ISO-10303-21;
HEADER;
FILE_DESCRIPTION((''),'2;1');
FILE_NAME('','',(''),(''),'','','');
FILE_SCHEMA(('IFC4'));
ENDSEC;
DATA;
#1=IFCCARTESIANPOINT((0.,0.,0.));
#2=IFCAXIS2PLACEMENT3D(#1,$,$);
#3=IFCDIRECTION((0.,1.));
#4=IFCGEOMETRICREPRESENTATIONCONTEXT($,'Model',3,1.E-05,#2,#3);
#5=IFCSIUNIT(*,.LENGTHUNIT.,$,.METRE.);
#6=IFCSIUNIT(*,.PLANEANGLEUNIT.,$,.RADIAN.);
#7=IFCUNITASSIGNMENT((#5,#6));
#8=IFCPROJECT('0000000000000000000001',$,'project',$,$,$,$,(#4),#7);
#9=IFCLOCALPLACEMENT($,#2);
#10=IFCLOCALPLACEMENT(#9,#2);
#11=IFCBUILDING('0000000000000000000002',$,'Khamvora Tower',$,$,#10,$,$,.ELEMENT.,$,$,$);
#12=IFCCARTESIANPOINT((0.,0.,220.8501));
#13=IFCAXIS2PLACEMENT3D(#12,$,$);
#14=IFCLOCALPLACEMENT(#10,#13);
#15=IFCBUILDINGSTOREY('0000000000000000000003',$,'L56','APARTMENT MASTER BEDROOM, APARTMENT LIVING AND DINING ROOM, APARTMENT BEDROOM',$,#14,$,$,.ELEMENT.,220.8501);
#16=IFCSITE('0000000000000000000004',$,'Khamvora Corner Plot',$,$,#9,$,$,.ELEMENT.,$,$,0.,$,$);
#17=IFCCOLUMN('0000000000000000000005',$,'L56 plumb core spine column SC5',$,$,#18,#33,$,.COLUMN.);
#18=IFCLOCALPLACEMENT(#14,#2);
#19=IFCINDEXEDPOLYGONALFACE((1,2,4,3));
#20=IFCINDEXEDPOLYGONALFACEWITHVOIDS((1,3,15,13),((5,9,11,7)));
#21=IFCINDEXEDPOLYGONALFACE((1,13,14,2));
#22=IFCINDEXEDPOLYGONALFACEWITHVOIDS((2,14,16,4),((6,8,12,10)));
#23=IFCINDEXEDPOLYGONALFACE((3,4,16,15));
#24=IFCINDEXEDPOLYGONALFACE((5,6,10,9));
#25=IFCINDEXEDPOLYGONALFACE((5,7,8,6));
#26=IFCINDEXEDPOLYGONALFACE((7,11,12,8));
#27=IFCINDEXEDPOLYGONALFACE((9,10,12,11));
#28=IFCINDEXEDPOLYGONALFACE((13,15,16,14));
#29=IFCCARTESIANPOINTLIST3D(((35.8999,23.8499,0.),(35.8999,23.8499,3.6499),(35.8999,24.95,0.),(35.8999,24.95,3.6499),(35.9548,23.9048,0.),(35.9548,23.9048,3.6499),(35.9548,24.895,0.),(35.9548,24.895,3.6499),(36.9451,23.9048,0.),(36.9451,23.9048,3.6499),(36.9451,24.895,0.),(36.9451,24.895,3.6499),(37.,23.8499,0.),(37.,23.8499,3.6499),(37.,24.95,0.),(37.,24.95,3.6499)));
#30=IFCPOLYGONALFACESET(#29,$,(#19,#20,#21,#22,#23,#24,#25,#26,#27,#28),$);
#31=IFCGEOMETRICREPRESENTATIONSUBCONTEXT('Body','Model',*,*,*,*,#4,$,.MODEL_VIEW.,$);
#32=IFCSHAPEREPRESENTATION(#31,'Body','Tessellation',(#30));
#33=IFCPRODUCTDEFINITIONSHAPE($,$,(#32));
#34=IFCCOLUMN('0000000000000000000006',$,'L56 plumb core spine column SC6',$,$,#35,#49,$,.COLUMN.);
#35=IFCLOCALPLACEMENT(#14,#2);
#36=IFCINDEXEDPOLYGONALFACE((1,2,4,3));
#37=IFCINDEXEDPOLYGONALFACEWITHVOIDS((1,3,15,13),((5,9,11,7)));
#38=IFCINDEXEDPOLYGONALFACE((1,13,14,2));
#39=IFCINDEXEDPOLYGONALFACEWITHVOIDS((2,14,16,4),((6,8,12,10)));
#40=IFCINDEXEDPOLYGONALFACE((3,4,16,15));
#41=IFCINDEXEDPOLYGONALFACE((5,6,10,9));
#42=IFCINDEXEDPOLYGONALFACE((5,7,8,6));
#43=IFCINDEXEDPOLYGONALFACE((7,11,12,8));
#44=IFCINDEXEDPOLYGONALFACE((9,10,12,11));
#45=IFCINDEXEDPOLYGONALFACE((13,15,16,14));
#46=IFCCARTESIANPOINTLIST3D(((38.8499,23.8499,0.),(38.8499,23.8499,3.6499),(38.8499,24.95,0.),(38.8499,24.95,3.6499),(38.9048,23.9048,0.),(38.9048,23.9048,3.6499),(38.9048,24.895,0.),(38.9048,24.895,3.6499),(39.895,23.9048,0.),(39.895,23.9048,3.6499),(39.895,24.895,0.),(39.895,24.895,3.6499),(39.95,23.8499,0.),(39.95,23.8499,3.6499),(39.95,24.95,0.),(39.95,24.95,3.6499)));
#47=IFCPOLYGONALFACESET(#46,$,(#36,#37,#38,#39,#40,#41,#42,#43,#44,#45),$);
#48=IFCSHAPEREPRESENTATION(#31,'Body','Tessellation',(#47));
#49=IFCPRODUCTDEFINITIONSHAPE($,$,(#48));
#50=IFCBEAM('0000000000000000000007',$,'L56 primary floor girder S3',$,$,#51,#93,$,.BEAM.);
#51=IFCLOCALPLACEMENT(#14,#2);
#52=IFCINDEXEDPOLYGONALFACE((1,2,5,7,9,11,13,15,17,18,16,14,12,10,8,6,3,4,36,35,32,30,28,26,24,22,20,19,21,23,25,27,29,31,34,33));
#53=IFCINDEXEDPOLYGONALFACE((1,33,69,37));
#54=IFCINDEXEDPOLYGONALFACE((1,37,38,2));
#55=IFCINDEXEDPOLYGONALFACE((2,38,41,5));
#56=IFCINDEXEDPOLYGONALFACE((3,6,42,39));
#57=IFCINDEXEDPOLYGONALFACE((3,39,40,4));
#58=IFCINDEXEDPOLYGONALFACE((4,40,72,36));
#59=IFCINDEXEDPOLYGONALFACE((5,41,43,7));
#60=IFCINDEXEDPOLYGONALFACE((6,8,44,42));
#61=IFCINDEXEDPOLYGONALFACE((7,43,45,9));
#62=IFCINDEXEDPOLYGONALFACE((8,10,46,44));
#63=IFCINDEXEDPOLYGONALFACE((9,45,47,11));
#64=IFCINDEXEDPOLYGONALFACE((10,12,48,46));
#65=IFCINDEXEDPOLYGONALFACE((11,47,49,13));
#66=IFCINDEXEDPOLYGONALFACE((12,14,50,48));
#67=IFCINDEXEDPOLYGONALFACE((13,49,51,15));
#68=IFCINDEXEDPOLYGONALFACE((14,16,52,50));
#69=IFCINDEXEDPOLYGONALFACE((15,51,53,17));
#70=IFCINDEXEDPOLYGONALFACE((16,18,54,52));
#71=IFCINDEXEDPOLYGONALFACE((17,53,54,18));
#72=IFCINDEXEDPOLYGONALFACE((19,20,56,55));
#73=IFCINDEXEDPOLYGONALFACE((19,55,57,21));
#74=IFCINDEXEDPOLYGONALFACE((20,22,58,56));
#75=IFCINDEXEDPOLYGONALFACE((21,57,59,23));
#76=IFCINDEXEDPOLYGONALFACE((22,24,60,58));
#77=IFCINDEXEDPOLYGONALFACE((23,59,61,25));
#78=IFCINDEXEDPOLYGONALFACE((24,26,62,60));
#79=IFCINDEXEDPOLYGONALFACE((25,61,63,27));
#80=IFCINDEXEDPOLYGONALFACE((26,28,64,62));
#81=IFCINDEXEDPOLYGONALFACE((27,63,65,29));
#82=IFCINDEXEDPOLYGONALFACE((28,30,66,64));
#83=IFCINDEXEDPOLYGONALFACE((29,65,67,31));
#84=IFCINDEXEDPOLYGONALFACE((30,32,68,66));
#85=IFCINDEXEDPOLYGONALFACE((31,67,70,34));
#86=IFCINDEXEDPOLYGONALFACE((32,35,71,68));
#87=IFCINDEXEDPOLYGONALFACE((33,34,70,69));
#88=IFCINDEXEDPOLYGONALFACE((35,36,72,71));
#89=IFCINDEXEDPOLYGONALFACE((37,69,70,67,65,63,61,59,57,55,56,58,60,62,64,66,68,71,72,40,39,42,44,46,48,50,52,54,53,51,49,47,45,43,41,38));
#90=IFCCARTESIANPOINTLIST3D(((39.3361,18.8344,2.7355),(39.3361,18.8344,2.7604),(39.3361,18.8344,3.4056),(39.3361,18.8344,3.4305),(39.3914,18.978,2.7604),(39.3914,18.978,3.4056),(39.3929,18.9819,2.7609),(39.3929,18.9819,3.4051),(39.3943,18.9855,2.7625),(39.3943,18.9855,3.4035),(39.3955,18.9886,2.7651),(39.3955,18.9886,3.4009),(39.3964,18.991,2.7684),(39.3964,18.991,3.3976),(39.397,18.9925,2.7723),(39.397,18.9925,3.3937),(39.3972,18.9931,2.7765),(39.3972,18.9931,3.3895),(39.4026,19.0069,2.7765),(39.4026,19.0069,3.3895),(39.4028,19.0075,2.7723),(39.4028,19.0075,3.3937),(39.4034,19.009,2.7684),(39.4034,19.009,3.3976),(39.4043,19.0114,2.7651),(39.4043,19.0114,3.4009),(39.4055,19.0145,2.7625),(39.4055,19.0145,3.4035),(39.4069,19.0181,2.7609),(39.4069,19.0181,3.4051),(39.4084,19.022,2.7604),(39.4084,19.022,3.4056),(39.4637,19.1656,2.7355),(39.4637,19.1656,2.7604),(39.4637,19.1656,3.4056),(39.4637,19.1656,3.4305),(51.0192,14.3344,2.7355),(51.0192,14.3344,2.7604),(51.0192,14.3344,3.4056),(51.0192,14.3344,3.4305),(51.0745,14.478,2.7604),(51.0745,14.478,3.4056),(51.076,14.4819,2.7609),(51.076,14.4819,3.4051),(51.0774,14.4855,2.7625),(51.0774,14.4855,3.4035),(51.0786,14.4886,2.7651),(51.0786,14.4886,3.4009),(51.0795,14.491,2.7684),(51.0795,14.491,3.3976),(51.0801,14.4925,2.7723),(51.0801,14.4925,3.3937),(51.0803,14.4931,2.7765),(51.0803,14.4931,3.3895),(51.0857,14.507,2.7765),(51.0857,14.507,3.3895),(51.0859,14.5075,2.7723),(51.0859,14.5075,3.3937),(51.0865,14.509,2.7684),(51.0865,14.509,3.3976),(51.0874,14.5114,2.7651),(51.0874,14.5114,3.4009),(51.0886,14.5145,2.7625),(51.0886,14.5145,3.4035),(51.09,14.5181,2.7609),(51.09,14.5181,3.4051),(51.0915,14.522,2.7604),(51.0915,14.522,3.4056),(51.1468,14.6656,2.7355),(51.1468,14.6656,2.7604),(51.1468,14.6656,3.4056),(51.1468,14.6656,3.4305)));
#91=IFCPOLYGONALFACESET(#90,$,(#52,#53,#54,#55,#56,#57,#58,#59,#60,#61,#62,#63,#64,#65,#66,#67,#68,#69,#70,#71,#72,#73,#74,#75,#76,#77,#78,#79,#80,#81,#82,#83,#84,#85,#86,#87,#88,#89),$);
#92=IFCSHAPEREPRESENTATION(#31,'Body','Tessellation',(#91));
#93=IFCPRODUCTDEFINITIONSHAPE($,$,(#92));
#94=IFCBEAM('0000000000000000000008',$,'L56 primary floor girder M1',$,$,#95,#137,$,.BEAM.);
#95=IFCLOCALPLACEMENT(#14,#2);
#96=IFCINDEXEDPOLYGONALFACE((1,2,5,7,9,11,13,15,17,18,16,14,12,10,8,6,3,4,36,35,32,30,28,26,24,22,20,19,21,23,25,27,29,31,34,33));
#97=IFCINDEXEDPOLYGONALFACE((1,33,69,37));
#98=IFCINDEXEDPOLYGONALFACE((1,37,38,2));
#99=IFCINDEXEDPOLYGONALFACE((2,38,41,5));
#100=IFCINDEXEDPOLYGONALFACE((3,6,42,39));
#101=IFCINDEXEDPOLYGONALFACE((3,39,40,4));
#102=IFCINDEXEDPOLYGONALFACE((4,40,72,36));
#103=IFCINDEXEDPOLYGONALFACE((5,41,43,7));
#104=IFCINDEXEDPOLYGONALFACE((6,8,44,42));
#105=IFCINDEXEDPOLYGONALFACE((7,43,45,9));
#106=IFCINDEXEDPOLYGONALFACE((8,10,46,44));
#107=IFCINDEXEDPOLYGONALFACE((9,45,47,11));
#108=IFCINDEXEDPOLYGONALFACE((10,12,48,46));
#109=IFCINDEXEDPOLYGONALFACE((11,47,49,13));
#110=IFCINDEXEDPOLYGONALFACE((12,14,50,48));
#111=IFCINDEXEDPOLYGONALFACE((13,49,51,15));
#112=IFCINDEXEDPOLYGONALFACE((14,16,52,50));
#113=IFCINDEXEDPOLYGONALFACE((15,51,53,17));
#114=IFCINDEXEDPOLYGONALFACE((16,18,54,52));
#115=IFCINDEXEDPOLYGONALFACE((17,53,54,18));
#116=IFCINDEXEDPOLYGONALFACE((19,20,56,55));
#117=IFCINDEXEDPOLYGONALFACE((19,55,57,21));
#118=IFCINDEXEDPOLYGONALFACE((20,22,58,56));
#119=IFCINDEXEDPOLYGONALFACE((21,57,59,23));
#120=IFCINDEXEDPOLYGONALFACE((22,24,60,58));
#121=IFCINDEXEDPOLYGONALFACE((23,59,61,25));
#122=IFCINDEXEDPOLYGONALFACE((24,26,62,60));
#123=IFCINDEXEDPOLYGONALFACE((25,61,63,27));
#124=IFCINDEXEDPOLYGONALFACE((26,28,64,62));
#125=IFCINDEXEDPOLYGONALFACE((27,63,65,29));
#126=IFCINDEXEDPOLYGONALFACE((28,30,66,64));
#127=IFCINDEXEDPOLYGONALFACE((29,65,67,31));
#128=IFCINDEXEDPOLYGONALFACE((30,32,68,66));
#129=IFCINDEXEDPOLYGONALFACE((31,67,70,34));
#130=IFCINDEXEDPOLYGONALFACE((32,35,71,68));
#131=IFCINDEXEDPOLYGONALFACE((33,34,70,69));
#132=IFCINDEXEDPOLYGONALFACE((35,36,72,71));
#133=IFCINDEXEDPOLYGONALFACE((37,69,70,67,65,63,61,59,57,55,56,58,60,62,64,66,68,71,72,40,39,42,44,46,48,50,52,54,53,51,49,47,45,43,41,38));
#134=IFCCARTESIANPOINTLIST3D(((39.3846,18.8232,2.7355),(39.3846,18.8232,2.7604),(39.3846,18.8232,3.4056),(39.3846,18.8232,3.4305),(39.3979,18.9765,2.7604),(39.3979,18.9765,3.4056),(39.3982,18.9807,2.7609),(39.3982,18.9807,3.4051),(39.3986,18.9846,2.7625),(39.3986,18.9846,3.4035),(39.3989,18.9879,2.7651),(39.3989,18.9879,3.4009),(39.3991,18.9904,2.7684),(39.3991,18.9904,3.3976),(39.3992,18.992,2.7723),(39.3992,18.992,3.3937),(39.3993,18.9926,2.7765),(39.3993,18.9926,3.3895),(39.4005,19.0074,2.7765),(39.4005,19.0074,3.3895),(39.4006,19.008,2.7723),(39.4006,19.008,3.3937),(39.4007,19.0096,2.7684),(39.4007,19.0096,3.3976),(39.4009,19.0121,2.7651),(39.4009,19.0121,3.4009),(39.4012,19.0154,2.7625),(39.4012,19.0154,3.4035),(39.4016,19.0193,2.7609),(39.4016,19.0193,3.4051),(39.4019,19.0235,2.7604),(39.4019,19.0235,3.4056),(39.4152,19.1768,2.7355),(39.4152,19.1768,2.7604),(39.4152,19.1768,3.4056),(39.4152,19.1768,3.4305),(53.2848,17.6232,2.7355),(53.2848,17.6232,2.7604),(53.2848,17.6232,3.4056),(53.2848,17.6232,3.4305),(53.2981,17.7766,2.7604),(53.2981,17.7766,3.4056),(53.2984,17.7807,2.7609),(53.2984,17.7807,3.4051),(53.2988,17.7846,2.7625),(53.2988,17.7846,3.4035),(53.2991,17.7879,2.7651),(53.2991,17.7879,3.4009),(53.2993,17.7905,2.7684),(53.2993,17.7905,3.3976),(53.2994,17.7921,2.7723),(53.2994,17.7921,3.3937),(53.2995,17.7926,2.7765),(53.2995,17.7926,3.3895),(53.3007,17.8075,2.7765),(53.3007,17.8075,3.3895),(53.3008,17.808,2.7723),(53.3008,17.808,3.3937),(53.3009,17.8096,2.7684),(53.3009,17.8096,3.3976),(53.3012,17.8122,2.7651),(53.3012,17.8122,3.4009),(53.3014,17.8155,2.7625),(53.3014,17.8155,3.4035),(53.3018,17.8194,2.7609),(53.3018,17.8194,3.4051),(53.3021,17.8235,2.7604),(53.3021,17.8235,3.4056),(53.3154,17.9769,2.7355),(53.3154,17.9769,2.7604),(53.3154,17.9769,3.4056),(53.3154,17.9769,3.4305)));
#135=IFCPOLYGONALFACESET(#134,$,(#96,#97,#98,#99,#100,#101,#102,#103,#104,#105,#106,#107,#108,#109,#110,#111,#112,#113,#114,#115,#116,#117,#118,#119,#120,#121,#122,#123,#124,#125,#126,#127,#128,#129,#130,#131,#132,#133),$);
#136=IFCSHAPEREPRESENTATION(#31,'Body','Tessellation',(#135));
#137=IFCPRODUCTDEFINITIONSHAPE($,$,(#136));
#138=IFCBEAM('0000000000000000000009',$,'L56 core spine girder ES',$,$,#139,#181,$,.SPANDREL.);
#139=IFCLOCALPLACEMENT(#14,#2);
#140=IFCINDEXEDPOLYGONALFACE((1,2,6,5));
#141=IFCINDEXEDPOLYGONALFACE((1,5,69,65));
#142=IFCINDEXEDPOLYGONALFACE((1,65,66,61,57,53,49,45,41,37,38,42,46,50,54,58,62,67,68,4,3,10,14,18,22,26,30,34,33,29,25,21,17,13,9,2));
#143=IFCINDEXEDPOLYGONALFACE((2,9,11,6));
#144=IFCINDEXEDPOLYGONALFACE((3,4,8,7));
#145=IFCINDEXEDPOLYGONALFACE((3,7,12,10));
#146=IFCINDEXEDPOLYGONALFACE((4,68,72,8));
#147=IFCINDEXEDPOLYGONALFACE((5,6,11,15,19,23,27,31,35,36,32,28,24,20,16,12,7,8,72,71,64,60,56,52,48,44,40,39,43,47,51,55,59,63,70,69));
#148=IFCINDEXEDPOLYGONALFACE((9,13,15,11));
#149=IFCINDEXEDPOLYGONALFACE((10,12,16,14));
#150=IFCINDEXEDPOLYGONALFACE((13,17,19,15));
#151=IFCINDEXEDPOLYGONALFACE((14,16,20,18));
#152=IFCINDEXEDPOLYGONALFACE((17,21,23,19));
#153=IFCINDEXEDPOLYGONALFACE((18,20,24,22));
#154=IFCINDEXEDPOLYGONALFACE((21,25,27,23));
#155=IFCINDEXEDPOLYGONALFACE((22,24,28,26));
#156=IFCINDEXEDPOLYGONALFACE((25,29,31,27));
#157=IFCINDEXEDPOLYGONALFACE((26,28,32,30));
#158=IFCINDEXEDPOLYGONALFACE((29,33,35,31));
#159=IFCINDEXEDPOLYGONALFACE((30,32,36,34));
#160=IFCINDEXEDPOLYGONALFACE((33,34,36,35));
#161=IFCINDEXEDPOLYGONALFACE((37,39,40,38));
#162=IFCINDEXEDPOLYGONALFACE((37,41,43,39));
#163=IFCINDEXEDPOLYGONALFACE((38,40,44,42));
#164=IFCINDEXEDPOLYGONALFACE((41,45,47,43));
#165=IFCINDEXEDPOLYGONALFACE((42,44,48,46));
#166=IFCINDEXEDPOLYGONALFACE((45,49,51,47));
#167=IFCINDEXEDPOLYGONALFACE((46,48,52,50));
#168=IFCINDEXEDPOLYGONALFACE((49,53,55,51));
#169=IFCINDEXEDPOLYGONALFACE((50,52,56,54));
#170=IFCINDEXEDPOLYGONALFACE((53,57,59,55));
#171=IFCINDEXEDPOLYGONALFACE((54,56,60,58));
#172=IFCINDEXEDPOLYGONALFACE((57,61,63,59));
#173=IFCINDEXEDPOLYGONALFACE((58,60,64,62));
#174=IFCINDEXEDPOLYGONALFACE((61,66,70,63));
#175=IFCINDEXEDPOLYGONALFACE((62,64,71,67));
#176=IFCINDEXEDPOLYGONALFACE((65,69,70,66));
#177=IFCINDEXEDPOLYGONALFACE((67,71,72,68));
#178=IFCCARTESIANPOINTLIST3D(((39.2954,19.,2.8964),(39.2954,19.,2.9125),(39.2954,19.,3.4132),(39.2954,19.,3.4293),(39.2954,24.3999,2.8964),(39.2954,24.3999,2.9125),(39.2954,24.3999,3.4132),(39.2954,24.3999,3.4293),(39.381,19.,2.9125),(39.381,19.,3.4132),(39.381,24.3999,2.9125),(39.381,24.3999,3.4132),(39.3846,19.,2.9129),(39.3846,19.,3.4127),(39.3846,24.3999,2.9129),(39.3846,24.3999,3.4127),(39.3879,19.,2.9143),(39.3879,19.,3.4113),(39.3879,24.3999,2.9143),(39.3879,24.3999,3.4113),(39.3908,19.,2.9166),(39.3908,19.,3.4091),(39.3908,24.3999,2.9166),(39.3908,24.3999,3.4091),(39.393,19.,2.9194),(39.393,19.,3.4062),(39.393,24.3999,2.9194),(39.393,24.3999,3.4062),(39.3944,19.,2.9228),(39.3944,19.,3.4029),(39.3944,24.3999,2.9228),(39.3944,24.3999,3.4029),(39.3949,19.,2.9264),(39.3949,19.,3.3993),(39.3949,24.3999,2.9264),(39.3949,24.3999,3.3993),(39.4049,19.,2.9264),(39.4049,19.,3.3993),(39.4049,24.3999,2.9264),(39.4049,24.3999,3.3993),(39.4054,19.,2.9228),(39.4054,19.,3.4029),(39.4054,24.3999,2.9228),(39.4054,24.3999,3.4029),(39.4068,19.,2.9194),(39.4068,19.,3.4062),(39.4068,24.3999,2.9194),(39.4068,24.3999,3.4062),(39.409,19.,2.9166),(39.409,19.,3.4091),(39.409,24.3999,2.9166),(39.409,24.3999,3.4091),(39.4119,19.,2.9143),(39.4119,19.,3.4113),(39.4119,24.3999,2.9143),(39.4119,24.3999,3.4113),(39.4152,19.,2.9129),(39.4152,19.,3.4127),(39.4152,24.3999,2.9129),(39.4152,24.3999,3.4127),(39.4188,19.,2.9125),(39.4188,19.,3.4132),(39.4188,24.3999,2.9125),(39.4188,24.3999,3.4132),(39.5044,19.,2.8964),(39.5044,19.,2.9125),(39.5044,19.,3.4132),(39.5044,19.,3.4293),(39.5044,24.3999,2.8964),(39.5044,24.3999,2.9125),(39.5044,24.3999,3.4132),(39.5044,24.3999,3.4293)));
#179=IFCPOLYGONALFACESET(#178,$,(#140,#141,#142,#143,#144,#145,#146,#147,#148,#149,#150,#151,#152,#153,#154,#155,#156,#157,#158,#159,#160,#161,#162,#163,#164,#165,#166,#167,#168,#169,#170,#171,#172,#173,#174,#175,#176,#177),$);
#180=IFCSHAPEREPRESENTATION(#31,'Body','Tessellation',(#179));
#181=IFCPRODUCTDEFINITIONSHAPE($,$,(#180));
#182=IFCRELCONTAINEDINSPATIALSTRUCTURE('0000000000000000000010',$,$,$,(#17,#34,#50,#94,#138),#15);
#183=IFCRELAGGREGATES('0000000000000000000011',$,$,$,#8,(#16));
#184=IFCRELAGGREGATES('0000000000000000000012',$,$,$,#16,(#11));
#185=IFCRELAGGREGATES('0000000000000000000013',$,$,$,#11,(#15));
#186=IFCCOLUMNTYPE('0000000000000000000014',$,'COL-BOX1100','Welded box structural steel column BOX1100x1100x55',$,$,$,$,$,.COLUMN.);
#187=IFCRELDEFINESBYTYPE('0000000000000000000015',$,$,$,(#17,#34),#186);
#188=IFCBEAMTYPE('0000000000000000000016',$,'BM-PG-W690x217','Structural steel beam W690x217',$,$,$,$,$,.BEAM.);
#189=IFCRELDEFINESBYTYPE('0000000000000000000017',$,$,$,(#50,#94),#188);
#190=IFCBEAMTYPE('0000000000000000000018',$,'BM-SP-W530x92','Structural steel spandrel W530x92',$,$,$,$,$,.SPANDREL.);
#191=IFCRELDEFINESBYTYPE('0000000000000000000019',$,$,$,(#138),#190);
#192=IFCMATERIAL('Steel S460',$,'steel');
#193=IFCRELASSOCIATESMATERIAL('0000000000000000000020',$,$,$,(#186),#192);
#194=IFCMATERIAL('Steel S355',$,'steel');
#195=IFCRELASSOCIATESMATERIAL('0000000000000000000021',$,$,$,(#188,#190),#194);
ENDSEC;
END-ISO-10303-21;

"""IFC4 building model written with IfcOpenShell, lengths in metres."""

from ifc_helpers import new_model, si_unit, direction, frame, origin, origin_2d, place, context, subcontext, project, spatial, hollow_rectangle, i_section, extrude, material, material_profile, profile_set, type_object, element, save


model = new_model("IFC4")

# Units and contexts
model_context = context("Model", 3, precision=1e-05, world=origin(), true_north=direction((0.0, 1.0)))
body_context = subcontext(model_context, "Body", "Model", "MODEL_VIEW")
ifc_project = project(units=[si_unit("LENGTHUNIT", "METRE"), si_unit("PLANEANGLEUNIT", "RADIAN")], contexts=[model_context])

# Site, building, storey
site_placement = place(None, origin())
site = spatial("IfcSite", under=ifc_project, at=site_placement, Name="Khamvora Corner Plot", CompositionType="ELEMENT", RefElevation=0.0)
building_placement = place(site_placement, origin())
building = spatial("IfcBuilding", under=site, at=building_placement, Name="Khamvora Tower", CompositionType="ELEMENT")
storey_placement = place(building_placement, frame((0.0, 0.0, 220.8501)))
storey = spatial("IfcBuildingStorey", under=building, at=storey_placement, Name="L56", Description="APARTMENT MASTER BEDROOM, APARTMENT LIVING AND DINING ROOM, APARTMENT BEDROOM", CompositionType="ELEMENT", Elevation=220.8501)

# Columns
ifc_material_1 = material(Name="Steel S460", Category="steel")
ifc_material_profile_1 = material_profile(ifc_material_1, hollow_rectangle(XDim=1.1001, YDim=1.1001, WallThickness=0.0549, at=origin_2d()), Name="BOX1100x1100x55")
ifc_profile_set_1 = profile_set([ifc_material_profile_1], Name="Steel S460")
column_type = type_object("IfcColumnType", Name="COL-BOX1100", Description="Welded box structural steel column BOX1100x1100x55", PredefinedType="COLUMN", material=ifc_profile_set_1)
for number, where, z_axis, x_axis, name in (
    (1, (36.45, 24.3999, 0.0), (0.0, 0.0, 1.0), (1.0, 0.0, 0.0), "L56 plumb core spine column SC5"),
    (2, (39.3999, 24.3999, 0.0), (0.0, 0.0, 1.0), (1.0, 0.0, 0.0), "L56 plumb core spine column SC6"),
):
    element("IfcColumn", number, at=place(storey_placement, frame(where, z_axis=z_axis, x_axis=x_axis)), inside=storey, type_object=column_type, Name=name, PredefinedType="COLUMN", context=body_context, shape_type="SweptSolid", body=[
        extrude(hollow_rectangle(XDim=1.1001, YDim=1.1001, WallThickness=0.0549, at=origin_2d()), origin(), (0.0, 0.0, 1.0), 3.6499),
    ])

# Beams
ifc_material_2 = material(Name="Steel S355", Category="steel")
ifc_material_profile_2 = material_profile(ifc_material_2, i_section(OverallWidth=0.355, OverallDepth=0.6951, WebThickness=0.0149, FlangeThickness=0.0249, FilletRadius=0.0161, at=origin_2d()), Name="W690x217")
ifc_profile_set_2 = profile_set([ifc_material_profile_2], Name="Steel S355")
beam_type_1 = type_object("IfcBeamType", Name="BM-PG-W690x217", Description="Structural steel beam W690x217", PredefinedType="BEAM", material=ifc_profile_set_2)
beam_1_placement = place(storey_placement, frame((39.3999, 19.0, 3.083), z_axis=(0.933172, -0.359431, 0.0), x_axis=(0.359431, 0.933172, 0.0)))
element("IfcBeam", 3, at=beam_1_placement, inside=storey, type_object=beam_type_1, Name="L56 primary floor girder S3", PredefinedType="BEAM", context=body_context, shape_type="SweptSolid", body=[
    extrude(i_section(OverallWidth=0.355, OverallDepth=0.6951, WebThickness=0.0149, FlangeThickness=0.0249, FilletRadius=0.0161, at=origin_2d()), origin(), (0.0, 0.0, 1.0), 12.5198),
])
beam_2_placement = place(storey_placement, frame((39.3999, 19.0, 3.083), z_axis=(0.996295, -0.086007, 0.0), x_axis=(0.086007, 0.996295, 0.0)))
element("IfcBeam", 4, at=beam_2_placement, inside=storey, type_object=beam_type_1, Name="L56 primary floor girder M1", PredefinedType="BEAM", context=body_context, shape_type="SweptSolid", body=[
    extrude(i_section(OverallWidth=0.355, OverallDepth=0.6951, WebThickness=0.0149, FlangeThickness=0.0249, FilletRadius=0.0161, at=origin_2d()), origin(), (0.0, 0.0, 1.0), 13.9519),
])
ifc_material_profile_3 = material_profile(ifc_material_2, i_section(OverallWidth=0.209, OverallDepth=0.533, WebThickness=0.01, FlangeThickness=0.0161, FilletRadius=0.0139, at=origin_2d()), Name="W530x92")
ifc_profile_set_3 = profile_set([ifc_material_profile_3], Name="Steel S355")
beam_type_2 = type_object("IfcBeamType", Name="BM-SP-W530x92", Description="Structural steel spandrel W530x92", PredefinedType="SPANDREL", material=ifc_profile_set_3)
beam_3_placement = place(storey_placement, frame((39.3999, 19.0, 3.1628), z_axis=(0.0, 1.0, 0.0), x_axis=(-1.0, 0.0, 0.0)))
element("IfcBeam", 5, at=beam_3_placement, inside=storey, type_object=beam_type_2, Name="L56 core spine girder ES", PredefinedType="SPANDREL", context=body_context, shape_type="SweptSolid", body=[
    extrude(i_section(OverallWidth=0.209, OverallDepth=0.533, WebThickness=0.01, FlangeThickness=0.0161, FilletRadius=0.0139, at=origin_2d()), origin(), (0.0, 0.0, 1.0), 5.3999),
])

save(model, "model.ifc")
